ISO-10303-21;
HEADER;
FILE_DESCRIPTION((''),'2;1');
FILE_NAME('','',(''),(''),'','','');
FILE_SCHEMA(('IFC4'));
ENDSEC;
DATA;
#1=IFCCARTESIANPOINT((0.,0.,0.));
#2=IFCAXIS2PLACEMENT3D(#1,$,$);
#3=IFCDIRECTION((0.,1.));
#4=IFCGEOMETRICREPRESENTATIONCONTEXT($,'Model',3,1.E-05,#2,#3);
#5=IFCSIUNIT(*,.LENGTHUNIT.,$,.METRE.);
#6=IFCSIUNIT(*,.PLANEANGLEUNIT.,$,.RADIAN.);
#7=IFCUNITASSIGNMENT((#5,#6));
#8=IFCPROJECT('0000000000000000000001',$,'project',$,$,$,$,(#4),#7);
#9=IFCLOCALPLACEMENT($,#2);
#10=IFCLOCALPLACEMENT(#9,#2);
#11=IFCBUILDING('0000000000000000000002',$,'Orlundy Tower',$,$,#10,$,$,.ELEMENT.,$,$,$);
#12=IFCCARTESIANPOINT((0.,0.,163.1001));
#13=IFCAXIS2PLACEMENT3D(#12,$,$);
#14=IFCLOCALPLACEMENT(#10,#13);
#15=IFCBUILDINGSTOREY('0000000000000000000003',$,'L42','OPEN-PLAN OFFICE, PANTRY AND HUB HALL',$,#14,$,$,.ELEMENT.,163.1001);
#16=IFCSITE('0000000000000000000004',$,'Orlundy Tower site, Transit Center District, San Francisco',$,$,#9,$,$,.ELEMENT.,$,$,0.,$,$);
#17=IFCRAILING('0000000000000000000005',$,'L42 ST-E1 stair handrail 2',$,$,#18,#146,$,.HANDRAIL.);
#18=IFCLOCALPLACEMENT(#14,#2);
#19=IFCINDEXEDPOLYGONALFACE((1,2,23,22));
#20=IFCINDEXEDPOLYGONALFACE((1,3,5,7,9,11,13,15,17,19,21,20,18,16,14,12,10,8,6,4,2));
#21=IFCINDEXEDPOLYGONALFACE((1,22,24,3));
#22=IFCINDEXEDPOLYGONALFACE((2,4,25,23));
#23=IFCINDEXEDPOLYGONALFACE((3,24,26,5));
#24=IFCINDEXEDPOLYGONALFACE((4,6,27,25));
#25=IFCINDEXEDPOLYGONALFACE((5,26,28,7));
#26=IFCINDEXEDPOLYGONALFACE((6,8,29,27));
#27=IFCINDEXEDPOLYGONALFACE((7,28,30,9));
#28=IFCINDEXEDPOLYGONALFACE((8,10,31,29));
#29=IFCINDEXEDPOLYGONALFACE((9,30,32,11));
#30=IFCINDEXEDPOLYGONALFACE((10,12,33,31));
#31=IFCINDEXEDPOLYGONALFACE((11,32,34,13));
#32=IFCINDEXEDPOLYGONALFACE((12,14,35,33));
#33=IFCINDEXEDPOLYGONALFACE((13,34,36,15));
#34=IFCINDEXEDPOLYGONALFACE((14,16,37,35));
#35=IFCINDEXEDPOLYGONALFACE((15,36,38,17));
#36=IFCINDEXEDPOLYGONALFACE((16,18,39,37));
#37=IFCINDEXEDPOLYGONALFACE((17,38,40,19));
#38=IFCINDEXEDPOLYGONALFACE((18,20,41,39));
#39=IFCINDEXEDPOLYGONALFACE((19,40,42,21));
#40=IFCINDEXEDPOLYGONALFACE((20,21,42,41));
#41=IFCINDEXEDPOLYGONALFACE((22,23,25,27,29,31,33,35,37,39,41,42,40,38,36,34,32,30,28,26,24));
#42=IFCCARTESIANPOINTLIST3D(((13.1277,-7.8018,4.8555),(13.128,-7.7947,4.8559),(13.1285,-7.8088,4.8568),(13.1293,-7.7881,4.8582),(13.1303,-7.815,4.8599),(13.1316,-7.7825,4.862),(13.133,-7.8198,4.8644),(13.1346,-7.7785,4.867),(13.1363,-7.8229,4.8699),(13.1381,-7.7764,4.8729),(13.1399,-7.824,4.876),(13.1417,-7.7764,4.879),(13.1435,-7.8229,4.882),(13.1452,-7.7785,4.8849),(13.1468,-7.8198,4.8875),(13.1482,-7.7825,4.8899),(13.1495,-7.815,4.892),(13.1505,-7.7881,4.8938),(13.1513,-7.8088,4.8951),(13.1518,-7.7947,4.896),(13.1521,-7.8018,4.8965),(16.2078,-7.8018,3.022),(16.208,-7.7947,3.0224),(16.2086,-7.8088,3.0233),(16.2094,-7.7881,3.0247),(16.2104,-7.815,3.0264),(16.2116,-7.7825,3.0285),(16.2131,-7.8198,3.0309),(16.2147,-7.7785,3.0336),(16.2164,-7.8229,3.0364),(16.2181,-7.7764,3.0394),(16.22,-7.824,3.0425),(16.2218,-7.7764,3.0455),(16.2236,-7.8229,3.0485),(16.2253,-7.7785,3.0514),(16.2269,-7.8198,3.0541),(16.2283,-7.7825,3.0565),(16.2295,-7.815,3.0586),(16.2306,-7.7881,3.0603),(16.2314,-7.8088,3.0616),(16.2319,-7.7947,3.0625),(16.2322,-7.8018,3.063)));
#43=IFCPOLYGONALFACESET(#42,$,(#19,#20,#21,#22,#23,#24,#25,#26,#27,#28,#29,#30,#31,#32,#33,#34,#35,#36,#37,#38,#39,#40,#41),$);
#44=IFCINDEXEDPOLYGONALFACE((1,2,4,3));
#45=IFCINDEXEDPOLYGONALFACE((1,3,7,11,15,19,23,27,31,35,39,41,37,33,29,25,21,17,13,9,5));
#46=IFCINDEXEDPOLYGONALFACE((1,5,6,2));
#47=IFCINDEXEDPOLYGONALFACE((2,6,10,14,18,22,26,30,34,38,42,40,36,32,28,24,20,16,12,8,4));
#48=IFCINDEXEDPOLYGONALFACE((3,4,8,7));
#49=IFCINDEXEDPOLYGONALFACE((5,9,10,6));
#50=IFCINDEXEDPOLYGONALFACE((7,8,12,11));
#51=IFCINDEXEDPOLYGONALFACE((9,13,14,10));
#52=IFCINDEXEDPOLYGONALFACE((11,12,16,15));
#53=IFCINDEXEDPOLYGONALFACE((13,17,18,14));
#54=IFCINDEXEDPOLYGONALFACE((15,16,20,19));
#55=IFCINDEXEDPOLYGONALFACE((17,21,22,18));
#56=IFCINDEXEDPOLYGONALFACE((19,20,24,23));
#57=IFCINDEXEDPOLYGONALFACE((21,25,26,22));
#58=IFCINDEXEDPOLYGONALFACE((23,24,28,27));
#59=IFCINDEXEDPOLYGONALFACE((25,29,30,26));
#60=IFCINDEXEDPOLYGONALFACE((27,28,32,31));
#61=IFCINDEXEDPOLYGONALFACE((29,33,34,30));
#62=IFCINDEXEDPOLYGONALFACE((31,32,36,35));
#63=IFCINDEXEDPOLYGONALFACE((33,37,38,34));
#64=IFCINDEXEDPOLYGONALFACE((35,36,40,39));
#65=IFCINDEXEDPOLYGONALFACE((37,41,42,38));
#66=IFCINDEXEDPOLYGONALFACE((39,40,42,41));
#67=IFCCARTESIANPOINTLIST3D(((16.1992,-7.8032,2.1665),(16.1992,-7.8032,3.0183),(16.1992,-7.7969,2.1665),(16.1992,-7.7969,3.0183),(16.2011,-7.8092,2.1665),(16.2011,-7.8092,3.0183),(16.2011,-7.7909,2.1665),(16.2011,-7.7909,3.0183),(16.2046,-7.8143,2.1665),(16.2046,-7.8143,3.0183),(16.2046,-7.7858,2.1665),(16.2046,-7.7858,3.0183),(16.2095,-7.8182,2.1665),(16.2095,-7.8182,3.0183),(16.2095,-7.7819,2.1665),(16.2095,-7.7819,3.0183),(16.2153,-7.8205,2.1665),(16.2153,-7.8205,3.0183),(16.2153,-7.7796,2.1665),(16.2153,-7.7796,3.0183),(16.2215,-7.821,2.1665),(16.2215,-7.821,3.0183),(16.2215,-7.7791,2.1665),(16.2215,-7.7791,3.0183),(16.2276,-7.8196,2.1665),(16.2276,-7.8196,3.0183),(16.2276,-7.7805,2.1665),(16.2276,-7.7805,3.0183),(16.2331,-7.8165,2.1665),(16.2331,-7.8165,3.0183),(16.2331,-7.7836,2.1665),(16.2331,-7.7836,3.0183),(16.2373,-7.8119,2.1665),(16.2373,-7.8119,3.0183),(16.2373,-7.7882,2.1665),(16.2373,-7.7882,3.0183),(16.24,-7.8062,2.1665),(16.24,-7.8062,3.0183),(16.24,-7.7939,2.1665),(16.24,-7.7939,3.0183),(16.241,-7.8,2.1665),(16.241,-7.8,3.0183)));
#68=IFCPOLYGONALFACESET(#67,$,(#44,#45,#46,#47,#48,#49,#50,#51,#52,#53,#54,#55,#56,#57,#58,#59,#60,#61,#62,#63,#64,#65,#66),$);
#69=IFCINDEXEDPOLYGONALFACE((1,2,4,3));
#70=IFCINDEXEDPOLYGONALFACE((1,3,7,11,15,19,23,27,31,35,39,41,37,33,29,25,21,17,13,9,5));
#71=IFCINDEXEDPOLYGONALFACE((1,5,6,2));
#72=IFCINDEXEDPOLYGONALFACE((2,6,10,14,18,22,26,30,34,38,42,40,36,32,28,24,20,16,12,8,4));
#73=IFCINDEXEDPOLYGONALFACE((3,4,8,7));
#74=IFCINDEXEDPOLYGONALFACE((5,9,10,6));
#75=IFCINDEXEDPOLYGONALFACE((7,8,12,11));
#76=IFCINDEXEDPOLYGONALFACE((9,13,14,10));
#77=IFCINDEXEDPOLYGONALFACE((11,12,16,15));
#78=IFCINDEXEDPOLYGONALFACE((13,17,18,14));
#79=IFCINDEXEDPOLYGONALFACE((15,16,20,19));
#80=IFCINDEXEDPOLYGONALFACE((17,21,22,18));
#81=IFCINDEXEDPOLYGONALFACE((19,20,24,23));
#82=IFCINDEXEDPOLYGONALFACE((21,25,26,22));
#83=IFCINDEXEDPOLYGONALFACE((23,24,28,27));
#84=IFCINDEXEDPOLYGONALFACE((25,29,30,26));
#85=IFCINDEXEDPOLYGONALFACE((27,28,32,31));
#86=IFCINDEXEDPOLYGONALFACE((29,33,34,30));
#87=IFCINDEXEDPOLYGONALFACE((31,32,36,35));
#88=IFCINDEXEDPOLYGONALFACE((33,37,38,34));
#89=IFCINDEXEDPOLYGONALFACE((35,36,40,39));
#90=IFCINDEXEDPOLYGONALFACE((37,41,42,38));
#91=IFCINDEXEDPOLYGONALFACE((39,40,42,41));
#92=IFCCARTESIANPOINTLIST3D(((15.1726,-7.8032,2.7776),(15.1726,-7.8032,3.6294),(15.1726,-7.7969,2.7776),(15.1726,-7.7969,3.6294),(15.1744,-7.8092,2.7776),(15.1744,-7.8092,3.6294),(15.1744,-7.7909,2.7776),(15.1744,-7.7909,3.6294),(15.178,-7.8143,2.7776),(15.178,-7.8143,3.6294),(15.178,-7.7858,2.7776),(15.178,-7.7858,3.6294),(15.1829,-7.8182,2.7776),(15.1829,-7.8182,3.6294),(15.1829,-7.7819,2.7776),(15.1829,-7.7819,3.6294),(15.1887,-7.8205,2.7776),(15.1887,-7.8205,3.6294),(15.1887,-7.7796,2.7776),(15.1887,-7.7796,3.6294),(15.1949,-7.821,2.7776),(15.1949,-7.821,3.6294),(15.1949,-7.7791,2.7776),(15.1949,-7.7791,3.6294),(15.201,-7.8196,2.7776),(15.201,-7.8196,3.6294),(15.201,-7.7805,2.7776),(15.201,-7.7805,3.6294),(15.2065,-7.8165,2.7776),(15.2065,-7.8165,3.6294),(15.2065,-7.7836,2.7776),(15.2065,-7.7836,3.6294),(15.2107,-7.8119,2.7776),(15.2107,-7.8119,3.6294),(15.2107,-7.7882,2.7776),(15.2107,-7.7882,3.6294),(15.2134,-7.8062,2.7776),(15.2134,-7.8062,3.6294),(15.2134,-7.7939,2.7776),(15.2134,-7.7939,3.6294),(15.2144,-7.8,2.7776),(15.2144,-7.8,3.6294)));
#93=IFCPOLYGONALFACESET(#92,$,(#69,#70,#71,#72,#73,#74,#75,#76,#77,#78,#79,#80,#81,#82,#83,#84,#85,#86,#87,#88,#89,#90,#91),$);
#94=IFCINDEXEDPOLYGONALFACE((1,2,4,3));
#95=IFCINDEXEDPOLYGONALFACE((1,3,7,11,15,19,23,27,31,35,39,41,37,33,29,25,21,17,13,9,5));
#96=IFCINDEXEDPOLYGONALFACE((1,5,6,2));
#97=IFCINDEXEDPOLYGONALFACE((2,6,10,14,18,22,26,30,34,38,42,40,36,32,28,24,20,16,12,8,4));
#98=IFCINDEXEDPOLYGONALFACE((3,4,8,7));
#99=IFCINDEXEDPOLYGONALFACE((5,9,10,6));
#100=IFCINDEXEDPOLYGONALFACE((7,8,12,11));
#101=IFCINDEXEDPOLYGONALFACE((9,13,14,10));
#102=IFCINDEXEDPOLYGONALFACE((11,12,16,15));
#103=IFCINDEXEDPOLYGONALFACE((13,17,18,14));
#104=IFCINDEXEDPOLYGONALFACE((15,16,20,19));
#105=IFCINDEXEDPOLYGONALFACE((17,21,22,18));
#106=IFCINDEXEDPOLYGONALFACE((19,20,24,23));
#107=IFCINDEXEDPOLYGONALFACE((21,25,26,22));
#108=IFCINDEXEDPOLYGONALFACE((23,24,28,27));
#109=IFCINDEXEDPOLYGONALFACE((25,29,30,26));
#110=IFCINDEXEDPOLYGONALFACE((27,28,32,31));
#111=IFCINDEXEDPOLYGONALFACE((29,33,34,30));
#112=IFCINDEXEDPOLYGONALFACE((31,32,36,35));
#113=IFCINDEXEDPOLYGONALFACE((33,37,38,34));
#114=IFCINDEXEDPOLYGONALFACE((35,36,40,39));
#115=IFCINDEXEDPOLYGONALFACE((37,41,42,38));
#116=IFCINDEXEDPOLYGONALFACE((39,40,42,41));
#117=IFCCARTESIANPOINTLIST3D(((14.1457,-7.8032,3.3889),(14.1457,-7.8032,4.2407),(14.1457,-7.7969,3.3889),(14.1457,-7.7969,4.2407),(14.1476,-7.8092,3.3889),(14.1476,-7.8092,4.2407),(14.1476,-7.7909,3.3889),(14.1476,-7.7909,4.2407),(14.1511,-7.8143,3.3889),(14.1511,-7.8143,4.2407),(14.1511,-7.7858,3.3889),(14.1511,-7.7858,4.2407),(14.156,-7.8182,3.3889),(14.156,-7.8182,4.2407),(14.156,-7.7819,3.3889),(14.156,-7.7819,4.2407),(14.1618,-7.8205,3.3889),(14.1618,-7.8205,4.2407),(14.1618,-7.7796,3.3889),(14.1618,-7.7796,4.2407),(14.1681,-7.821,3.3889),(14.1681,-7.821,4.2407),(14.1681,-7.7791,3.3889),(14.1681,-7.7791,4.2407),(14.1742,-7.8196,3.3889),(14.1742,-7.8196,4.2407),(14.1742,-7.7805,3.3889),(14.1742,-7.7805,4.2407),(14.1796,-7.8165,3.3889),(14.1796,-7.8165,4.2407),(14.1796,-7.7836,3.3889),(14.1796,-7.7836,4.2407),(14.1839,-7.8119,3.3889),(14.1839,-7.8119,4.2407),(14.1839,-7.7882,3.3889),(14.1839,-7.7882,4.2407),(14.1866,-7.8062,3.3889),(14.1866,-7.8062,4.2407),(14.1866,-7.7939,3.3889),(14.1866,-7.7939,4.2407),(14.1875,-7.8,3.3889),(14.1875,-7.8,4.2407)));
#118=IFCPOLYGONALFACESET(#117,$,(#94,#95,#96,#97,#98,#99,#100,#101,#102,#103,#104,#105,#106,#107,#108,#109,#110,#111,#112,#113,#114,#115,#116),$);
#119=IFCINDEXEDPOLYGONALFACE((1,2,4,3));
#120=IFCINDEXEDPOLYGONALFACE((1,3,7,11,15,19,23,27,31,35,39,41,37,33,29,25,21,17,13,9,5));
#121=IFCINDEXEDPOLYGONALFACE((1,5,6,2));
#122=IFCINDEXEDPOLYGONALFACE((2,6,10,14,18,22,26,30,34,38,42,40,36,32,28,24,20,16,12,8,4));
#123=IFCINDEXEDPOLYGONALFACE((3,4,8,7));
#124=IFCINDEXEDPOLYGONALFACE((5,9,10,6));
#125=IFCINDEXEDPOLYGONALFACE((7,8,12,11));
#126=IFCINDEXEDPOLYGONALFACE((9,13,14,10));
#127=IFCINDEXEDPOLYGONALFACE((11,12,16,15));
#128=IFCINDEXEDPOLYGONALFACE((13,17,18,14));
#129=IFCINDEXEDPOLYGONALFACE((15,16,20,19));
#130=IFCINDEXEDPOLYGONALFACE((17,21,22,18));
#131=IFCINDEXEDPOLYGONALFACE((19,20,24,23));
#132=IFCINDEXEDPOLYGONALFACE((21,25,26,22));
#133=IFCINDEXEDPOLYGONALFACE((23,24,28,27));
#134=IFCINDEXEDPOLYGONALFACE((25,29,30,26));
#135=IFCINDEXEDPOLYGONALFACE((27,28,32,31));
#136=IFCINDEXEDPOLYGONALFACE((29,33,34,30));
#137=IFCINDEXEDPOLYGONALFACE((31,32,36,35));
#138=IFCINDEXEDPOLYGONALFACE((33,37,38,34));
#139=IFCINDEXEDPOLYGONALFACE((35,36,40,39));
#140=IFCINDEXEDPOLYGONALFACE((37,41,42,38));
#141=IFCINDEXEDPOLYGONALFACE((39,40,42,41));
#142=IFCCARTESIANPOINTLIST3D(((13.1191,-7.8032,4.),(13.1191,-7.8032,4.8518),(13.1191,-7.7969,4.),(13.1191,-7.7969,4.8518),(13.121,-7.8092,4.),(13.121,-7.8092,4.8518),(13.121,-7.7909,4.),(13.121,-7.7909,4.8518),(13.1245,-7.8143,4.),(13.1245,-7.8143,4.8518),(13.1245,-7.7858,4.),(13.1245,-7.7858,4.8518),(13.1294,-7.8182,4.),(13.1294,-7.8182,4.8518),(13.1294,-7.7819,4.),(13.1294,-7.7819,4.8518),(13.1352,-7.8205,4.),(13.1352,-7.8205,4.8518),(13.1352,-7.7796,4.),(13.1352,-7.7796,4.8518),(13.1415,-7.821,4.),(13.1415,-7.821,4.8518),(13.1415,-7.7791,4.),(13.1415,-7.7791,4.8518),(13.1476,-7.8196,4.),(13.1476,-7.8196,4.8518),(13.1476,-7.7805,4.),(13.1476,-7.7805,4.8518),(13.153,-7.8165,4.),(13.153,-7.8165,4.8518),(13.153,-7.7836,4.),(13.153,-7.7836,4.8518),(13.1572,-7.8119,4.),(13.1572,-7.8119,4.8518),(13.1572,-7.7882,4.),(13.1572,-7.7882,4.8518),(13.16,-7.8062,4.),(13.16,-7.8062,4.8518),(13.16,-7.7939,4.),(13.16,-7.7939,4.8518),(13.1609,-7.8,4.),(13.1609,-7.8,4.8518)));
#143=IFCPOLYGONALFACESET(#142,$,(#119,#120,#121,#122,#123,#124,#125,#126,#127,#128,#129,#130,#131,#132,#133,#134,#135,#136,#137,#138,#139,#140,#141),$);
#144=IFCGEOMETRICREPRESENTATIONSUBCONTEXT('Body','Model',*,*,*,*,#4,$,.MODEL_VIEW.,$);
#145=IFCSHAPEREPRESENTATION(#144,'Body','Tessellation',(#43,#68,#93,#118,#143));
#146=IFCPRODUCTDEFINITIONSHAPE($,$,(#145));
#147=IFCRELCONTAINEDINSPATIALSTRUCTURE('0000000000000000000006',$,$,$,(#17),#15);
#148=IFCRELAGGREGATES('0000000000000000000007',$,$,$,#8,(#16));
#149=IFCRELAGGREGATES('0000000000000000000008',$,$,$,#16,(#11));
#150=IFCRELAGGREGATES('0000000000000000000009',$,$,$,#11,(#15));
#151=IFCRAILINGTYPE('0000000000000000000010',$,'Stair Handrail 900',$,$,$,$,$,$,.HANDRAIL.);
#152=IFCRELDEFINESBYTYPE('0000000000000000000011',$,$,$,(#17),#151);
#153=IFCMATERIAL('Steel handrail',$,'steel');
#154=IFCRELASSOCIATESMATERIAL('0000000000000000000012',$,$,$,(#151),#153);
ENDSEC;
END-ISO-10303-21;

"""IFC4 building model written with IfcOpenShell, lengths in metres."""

from ifc_helpers import new_model, si_unit, direction, frame, origin, origin_2d, place, context, subcontext, project, spatial, circle, extrude, material, type_object, element, save


model = new_model("IFC4")

# Units and contexts
model_context = context("Model", 3, precision=1e-05, world=origin(), true_north=direction((0.0, 1.0)))
body_context = subcontext(model_context, "Body", "Model", "MODEL_VIEW")
ifc_project = project(units=[si_unit("LENGTHUNIT", "METRE"), si_unit("PLANEANGLEUNIT", "RADIAN")], contexts=[model_context])

# Site, building, storey
site_placement = place(None, origin())
site = spatial("IfcSite", under=ifc_project, at=site_placement, Name="Orlundy Tower site, Transit Center District, San Francisco", CompositionType="ELEMENT", RefElevation=0.0)
building_placement = place(site_placement, origin())
building = spatial("IfcBuilding", under=site, at=building_placement, Name="Orlundy Tower", CompositionType="ELEMENT")
storey_placement = place(building_placement, frame((0.0, 0.0, 163.1001)))
storey = spatial("IfcBuildingStorey", under=building, at=storey_placement, Name="L42", Description="OPEN-PLAN OFFICE, PANTRY AND HUB HALL", CompositionType="ELEMENT", Elevation=163.1001)

# Railing
ifc_material_1 = material(Name="Steel handrail", Category="steel")
railing_type_1 = type_object("IfcRailingType", Name="Stair Handrail 900", PredefinedType="HANDRAIL", material=ifc_material_1)
railing_1_placement = place(storey_placement, frame((16.22, -7.8, 2.1665)))
element("IfcRailing", 1, at=railing_1_placement, inside=storey, type_object=railing_type_1, Name="L42 ST-E1 stair handrail 2", PredefinedType="HANDRAIL", context=body_context, shape_type="SweptSolid", body=[
    extrude(circle(Radius=0.0239, at=origin_2d()), frame((0.0, 0.0, 0.876), z_axis=(-0.859279, 0.0, 0.511508), x_axis=(0.0, -1.0, 0.0)), (0.0, 0.0, 1.0), 3.5845),
    extrude(circle(Radius=0.021, at=origin_2d()), origin(), (0.0, 0.0, 1.0), 0.8518),
    extrude(circle(Radius=0.021, at=origin_2d()), frame((-1.0266, 0.0, 0.6111)), (0.0, 0.0, 1.0), 0.8518),
    extrude(circle(Radius=0.021, at=origin_2d()), frame((-2.0535, 0.0, 1.2224)), (0.0, 0.0, 1.0), 0.8518),
    extrude(circle(Radius=0.021, at=origin_2d()), frame((-3.0801, 0.0, 1.8335)), (0.0, 0.0, 1.0), 0.8518),
])

save(model, "model.ifc")
